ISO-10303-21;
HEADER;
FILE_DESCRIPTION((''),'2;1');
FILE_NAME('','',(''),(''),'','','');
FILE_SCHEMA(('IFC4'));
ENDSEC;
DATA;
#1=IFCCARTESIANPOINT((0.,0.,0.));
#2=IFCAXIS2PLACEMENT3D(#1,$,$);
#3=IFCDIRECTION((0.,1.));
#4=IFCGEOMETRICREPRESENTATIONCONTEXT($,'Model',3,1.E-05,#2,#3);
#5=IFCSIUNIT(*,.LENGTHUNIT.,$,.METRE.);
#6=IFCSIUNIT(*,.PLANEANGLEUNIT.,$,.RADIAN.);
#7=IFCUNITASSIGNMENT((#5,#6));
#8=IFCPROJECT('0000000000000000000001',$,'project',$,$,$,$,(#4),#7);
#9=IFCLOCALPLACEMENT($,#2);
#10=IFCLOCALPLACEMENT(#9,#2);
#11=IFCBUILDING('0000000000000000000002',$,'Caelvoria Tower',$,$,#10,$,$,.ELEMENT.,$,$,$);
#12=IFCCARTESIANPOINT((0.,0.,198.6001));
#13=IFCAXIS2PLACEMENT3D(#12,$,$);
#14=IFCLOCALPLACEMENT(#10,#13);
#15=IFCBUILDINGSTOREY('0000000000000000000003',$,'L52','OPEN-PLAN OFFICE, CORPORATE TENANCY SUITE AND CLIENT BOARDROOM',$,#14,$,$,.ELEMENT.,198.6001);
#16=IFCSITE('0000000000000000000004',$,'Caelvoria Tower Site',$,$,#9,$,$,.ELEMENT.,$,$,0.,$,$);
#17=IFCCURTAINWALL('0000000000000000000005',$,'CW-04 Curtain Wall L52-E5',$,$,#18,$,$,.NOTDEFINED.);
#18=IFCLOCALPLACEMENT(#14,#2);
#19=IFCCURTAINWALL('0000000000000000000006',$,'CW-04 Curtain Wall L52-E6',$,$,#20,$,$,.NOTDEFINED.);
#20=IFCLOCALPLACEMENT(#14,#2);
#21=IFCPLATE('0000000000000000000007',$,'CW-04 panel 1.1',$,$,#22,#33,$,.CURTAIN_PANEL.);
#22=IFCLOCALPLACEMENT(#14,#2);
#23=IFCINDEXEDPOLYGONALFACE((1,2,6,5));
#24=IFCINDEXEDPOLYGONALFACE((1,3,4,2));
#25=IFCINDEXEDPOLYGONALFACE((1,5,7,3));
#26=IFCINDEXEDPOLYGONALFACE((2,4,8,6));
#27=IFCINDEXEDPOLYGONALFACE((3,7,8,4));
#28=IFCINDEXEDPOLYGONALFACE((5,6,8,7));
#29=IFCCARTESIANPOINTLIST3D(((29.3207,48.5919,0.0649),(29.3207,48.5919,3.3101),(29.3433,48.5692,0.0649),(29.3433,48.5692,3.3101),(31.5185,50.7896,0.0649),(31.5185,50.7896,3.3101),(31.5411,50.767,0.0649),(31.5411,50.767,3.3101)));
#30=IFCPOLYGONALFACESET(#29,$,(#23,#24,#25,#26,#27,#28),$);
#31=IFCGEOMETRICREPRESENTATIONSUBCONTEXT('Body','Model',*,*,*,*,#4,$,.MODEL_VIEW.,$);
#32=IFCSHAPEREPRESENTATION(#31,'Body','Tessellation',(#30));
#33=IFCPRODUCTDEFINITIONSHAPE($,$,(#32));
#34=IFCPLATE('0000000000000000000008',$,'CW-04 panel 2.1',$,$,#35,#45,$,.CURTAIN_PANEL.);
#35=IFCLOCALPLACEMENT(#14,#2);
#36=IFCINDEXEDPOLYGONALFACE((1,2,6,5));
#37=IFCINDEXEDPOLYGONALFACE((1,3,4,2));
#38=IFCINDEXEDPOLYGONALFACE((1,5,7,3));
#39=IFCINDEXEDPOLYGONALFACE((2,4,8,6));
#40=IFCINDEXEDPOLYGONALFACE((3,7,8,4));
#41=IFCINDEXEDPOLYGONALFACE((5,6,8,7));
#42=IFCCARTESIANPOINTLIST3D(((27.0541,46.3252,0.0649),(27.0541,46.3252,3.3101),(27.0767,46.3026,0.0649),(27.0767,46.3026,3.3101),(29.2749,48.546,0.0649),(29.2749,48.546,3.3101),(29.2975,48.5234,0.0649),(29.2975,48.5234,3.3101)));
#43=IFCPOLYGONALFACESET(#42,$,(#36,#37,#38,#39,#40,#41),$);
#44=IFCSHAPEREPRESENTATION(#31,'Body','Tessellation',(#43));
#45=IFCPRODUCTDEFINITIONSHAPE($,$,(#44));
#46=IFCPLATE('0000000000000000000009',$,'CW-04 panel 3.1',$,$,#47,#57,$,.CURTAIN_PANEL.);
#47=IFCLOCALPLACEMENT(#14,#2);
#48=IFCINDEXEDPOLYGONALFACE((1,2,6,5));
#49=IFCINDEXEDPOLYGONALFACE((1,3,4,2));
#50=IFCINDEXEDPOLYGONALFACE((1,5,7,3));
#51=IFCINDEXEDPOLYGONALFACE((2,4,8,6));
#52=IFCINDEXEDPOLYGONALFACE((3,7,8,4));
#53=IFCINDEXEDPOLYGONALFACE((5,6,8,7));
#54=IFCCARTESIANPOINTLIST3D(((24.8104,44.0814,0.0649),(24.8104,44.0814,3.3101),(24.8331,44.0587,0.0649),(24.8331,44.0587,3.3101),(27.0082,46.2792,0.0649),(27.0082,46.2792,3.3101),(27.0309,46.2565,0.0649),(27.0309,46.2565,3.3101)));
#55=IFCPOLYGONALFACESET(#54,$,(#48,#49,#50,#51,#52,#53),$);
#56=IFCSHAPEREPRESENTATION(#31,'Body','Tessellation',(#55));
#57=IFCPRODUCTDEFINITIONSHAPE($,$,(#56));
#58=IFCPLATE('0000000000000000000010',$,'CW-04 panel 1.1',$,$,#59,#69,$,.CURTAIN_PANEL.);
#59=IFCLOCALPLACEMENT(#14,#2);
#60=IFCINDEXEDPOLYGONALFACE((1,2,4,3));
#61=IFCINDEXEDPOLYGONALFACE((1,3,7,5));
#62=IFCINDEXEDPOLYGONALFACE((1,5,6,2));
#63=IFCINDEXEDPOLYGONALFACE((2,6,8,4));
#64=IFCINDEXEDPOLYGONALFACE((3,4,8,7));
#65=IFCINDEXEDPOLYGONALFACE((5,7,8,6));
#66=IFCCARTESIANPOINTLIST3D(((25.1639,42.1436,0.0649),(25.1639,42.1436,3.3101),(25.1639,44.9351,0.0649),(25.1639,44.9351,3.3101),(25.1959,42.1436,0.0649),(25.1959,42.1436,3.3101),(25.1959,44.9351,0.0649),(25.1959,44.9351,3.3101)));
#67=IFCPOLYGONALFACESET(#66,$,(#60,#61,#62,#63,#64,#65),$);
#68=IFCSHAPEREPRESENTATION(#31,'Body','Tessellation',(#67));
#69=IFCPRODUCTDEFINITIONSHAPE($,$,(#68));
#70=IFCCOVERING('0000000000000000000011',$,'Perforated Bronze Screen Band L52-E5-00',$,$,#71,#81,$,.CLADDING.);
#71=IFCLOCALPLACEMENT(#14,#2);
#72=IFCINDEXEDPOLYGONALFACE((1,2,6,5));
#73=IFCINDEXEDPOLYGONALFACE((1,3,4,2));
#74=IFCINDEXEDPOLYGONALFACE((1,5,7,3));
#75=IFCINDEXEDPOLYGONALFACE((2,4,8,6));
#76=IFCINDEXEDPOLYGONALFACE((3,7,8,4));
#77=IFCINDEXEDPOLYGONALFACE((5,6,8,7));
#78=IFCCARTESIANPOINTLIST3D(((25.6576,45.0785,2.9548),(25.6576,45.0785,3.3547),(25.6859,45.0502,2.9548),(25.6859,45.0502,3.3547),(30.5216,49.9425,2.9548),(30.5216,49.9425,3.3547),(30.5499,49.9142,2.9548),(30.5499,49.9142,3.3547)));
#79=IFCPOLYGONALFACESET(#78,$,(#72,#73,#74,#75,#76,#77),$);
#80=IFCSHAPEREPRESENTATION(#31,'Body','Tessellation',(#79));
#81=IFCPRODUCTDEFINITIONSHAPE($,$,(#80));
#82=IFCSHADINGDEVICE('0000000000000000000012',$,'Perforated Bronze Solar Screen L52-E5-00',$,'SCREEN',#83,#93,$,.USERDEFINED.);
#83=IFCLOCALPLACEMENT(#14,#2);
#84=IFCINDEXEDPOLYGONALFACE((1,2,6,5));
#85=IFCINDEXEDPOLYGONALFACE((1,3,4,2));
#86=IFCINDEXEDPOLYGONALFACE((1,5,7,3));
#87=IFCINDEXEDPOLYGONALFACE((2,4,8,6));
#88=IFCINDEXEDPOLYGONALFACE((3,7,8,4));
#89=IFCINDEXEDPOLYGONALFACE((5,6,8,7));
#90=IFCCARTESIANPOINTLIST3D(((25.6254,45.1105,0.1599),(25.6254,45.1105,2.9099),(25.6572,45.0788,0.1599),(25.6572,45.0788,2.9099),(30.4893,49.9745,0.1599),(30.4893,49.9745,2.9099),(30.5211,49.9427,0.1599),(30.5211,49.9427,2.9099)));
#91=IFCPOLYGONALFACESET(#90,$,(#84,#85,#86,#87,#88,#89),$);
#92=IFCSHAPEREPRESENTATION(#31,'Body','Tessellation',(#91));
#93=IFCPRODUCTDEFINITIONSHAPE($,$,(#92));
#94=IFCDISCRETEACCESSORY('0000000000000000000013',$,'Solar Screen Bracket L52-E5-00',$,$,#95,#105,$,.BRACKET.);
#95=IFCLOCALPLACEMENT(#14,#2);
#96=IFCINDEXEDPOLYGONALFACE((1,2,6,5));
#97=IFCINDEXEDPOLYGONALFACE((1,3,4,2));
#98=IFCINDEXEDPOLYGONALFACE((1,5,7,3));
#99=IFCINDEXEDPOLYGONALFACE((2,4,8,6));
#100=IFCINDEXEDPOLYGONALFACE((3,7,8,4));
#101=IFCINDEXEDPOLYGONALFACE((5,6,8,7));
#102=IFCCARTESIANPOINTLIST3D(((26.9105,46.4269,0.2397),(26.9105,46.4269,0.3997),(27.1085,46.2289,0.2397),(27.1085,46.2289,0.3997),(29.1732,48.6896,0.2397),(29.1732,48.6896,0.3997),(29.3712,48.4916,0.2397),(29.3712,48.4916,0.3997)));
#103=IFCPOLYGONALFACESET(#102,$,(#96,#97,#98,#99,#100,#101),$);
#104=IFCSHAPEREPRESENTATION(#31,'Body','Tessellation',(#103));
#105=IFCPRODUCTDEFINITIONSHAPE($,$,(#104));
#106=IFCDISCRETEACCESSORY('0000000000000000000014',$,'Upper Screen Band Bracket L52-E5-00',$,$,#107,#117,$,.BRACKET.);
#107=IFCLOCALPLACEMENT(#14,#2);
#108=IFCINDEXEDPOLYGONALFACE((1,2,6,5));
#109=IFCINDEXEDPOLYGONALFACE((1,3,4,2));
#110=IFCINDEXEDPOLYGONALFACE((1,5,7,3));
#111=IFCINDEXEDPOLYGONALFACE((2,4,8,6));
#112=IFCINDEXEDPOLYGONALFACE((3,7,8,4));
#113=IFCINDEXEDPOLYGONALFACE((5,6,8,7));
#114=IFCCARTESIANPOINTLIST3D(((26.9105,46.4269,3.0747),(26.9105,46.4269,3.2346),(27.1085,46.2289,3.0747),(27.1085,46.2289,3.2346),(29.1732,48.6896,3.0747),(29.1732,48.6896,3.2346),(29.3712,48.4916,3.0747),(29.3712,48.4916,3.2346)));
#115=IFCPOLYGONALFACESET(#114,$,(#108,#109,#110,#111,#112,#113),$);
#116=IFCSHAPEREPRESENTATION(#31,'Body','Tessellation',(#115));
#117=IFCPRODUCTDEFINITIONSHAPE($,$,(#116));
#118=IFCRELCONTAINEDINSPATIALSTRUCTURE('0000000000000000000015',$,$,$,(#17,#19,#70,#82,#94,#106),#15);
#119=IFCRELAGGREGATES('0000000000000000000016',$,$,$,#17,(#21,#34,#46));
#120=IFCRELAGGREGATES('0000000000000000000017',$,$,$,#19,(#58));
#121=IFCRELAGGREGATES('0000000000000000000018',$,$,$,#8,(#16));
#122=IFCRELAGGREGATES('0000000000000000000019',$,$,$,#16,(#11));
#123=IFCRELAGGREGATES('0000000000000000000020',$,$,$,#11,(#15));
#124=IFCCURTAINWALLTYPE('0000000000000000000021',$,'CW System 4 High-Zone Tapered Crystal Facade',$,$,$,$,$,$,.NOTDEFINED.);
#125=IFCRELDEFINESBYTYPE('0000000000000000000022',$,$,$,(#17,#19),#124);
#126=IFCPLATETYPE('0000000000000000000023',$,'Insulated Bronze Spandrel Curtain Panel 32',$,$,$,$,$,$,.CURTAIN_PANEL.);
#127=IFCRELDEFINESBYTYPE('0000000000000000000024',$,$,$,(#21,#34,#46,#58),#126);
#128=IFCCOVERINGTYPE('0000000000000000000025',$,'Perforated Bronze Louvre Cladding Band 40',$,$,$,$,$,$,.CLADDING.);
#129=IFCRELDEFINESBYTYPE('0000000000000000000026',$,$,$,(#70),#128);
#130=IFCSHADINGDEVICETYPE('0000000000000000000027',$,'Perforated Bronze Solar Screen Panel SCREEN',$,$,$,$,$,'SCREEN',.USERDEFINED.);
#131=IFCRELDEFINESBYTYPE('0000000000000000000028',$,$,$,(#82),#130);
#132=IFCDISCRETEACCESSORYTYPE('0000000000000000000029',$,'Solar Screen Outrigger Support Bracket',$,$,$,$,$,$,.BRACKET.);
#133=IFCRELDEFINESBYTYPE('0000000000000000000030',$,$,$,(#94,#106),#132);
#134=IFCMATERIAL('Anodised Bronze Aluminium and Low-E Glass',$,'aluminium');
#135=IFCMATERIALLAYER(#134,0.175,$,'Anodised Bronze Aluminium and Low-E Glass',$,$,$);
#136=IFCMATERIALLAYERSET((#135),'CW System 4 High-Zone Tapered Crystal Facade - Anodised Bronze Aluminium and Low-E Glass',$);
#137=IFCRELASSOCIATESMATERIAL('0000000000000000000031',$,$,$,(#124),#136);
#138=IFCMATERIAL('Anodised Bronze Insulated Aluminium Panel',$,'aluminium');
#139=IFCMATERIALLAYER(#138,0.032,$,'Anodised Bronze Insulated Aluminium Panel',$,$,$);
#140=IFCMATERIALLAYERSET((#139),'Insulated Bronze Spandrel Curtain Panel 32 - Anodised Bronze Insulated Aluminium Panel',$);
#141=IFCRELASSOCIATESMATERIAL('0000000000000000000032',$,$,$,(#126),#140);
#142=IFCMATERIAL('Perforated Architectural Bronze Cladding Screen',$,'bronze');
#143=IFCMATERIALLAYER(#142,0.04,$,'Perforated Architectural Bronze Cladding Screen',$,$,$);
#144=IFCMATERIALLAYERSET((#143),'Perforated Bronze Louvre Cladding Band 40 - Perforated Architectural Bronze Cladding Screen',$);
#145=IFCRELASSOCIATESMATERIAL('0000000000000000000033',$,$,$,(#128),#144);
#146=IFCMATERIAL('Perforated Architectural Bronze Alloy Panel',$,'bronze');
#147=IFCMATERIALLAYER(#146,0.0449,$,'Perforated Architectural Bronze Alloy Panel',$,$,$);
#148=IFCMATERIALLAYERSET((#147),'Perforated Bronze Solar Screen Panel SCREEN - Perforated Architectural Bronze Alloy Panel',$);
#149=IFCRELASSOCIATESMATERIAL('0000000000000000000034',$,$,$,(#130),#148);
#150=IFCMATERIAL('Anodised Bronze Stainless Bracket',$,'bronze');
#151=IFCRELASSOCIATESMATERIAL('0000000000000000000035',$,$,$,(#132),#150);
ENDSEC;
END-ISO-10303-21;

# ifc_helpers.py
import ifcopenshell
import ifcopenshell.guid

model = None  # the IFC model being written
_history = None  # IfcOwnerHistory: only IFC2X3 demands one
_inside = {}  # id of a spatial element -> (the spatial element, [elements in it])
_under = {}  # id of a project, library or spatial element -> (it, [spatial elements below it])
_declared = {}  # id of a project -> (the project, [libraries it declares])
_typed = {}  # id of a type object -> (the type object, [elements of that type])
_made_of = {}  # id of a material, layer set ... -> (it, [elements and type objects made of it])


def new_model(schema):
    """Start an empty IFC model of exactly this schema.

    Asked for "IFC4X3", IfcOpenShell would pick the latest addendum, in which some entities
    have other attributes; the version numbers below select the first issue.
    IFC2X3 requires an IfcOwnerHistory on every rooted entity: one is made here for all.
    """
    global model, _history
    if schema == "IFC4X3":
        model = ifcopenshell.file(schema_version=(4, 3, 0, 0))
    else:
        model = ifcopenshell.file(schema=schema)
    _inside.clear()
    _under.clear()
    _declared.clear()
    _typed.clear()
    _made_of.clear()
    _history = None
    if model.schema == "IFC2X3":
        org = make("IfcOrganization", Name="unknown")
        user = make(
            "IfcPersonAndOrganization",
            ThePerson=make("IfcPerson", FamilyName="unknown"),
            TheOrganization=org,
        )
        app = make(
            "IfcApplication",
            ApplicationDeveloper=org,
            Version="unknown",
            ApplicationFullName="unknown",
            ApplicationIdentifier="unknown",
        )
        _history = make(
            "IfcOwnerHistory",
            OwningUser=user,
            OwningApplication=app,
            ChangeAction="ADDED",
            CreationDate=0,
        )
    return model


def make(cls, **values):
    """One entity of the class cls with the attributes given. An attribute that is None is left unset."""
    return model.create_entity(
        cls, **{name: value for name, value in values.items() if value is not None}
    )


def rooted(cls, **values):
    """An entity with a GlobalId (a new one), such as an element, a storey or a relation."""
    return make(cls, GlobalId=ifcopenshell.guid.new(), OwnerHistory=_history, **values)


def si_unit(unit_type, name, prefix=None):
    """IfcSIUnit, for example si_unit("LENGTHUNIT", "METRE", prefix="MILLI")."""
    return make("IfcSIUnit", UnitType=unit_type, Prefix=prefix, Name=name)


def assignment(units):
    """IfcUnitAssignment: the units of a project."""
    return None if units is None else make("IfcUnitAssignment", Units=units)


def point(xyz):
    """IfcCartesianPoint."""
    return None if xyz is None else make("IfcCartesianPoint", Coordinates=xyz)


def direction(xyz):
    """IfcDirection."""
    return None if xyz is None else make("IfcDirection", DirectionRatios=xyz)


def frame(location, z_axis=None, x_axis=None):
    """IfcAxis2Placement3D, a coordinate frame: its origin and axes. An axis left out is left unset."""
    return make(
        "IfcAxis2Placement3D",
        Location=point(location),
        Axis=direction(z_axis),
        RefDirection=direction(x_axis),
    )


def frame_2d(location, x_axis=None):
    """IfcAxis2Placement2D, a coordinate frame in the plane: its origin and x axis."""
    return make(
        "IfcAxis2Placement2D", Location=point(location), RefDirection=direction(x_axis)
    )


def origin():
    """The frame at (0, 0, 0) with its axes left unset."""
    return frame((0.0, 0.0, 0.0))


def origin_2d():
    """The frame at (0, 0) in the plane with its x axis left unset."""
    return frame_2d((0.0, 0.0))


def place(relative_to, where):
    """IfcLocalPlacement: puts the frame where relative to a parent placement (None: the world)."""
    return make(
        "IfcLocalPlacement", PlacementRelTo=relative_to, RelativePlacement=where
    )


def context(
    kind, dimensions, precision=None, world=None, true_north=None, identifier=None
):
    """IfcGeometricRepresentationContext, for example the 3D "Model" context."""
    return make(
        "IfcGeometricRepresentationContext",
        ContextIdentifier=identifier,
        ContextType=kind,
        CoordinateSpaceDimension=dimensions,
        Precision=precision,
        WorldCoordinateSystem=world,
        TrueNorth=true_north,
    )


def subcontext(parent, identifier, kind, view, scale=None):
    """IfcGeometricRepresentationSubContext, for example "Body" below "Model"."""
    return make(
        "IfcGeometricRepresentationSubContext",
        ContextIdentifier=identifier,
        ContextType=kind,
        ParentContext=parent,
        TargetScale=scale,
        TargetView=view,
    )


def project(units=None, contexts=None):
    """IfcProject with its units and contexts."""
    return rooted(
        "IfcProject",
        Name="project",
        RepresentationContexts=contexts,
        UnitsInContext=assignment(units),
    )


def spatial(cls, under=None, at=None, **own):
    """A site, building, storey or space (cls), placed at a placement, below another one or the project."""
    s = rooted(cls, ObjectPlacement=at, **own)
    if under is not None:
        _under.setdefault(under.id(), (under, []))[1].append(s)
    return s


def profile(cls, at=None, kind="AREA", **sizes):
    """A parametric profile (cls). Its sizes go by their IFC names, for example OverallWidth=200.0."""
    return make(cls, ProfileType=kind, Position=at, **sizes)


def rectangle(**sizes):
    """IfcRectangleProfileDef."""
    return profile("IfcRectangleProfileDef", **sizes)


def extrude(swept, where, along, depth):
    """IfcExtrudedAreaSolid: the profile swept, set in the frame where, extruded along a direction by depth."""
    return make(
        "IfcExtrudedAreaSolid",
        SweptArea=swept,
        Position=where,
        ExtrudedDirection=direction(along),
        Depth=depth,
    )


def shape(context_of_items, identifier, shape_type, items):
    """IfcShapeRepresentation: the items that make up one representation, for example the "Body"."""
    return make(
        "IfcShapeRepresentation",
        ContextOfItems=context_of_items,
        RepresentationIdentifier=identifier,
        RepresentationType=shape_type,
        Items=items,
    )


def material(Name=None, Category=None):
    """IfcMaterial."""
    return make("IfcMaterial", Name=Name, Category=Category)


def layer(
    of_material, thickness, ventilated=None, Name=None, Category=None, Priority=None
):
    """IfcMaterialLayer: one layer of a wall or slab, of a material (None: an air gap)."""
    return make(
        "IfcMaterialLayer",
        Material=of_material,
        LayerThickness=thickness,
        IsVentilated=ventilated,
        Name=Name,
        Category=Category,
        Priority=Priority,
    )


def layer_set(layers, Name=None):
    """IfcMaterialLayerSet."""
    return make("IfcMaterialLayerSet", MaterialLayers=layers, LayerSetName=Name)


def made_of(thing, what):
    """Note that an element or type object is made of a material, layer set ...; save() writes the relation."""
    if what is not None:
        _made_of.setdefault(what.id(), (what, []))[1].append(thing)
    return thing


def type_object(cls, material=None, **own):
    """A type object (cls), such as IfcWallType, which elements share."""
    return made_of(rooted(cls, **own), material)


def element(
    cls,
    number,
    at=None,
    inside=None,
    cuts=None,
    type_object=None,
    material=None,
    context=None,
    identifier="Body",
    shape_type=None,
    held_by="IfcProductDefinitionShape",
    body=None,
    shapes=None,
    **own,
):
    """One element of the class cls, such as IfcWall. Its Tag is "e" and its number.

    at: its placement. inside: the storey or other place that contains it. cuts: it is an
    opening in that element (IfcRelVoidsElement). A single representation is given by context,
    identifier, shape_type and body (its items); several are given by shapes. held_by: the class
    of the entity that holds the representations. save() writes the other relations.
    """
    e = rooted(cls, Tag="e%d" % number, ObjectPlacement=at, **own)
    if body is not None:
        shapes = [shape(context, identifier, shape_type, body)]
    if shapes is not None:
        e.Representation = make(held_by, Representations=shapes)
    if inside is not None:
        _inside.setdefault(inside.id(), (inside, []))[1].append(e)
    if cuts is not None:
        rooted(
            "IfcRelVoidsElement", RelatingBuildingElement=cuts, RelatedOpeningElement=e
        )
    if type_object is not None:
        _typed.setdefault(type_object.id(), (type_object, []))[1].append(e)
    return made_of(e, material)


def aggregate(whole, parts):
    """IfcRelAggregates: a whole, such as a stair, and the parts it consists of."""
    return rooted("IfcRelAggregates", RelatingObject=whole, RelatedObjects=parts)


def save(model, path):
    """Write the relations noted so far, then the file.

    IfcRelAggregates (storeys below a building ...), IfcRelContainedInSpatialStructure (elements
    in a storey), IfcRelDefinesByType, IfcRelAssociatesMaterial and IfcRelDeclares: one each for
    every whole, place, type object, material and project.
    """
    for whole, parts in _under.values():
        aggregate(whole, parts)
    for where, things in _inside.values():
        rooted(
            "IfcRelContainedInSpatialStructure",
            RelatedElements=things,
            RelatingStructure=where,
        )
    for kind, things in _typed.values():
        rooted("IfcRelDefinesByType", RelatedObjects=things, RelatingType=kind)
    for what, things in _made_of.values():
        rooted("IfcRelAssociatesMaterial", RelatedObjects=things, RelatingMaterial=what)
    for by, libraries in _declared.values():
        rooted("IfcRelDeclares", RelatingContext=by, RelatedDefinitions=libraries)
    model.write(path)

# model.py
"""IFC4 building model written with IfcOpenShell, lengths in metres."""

from ifc_helpers import new_model, si_unit, direction, frame, origin, origin_2d, place, context, subcontext, project, spatial, rectangle, extrude, material, layer, layer_set, type_object, element, aggregate, save


model = new_model("IFC4")

# Units and contexts
model_context = context("Model", 3, precision=1e-05, world=origin(), true_north=direction((0.0, 1.0)))
body_context = subcontext(model_context, "Body", "Model", "MODEL_VIEW")
ifc_project = project(units=[si_unit("LENGTHUNIT", "METRE"), si_unit("PLANEANGLEUNIT", "RADIAN")], contexts=[model_context])

# Site, building, storey
site_placement = place(None, origin())
site = spatial("IfcSite", under=ifc_project, at=site_placement, Name="Caelvoria Tower Site", CompositionType="ELEMENT", RefElevation=0.0)
building_placement = place(site_placement, origin())
building = spatial("IfcBuilding", under=site, at=building_placement, Name="Caelvoria Tower", CompositionType="ELEMENT")
storey_placement = place(building_placement, frame((0.0, 0.0, 198.6001)))
storey = spatial("IfcBuildingStorey", under=building, at=storey_placement, Name="L52", Description="OPEN-PLAN OFFICE, CORPORATE TENANCY SUITE AND CLIENT BOARDROOM", CompositionType="ELEMENT", Elevation=198.6001)

# Shared definitions
ifc_material_1 = material(Name="Anodised Bronze Aluminium and Low-E Glass", Category="aluminium")
ifc_layer_1 = layer(ifc_material_1, 0.175, Name="Anodised Bronze Aluminium and Low-E Glass")
ifc_layer_set_1 = layer_set([ifc_layer_1], Name="CW System 4 High-Zone Tapered Crystal Facade - Anodised Bronze Aluminium and Low-E Glass")
curtain_wall_type = type_object("IfcCurtainWallType", Name="CW System 4 High-Zone Tapered Crystal Facade", PredefinedType="NOTDEFINED", material=ifc_layer_set_1)

# Curtain wall
curtain_wall_1_placement = place(storey_placement, origin())
curtain_wall_1 = element("IfcCurtainWall", 1, at=curtain_wall_1_placement, inside=storey, type_object=curtain_wall_type, Name="CW-04 Curtain Wall L52-E5", PredefinedType="NOTDEFINED")

# Curtain wall
curtain_wall_2_placement = place(storey_placement, origin())
curtain_wall_2 = element("IfcCurtainWall", 2, at=curtain_wall_2_placement, inside=storey, type_object=curtain_wall_type, Name="CW-04 Curtain Wall L52-E6", PredefinedType="NOTDEFINED")

# Plates
ifc_material_2 = material(Name="Anodised Bronze Insulated Aluminium Panel", Category="aluminium")
ifc_layer_2 = layer(ifc_material_2, 0.032, Name="Anodised Bronze Insulated Aluminium Panel")
ifc_layer_set_2 = layer_set([ifc_layer_2], Name="Insulated Bronze Spandrel Curtain Panel 32 - Anodised Bronze Insulated Aluminium Panel")
plate_type = type_object("IfcPlateType", Name="Insulated Bronze Spandrel Curtain Panel 32", PredefinedType="CURTAIN_PANEL", material=ifc_layer_set_2)
plate_1_placement = place(storey_placement, frame((30.4309, 49.6794, 0.0649), z_axis=(0.0, 0.0, 1.0), x_axis=(-0.707107, -0.707107, 0.0)))
plate_1 = element("IfcPlate", 3, at=plate_1_placement, type_object=plate_type, Name="CW-04 panel 1.1", PredefinedType="CURTAIN_PANEL", context=body_context, shape_type="SweptSolid", body=[
    extrude(rectangle(XDim=3.1082, YDim=0.032, at=origin_2d()), origin(), (0.0, 0.0, 1.0), 3.2451),
])
plate_2_placement = place(storey_placement, frame((28.1758, 47.4243, 0.0649), z_axis=(0.0, 0.0, 1.0), x_axis=(-0.707107, -0.707107, 0.0)))
plate_2 = element("IfcPlate", 4, at=plate_2_placement, type_object=plate_type, Name="CW-04 panel 2.1", PredefinedType="CURTAIN_PANEL", context=body_context, shape_type="SweptSolid", body=[
    extrude(rectangle(XDim=3.1406, YDim=0.032, at=origin_2d()), origin(), (0.0, 0.0, 1.0), 3.2451),
])
plate_3_placement = place(storey_placement, frame((25.9207, 45.1689, 0.0649), z_axis=(0.0, 0.0, 1.0), x_axis=(-0.707107, -0.707107, 0.0)))
plate_3 = element("IfcPlate", 5, at=plate_3_placement, type_object=plate_type, Name="CW-04 panel 3.1", PredefinedType="CURTAIN_PANEL", context=body_context, shape_type="SweptSolid", body=[
    extrude(rectangle(XDim=3.1082, YDim=0.032, at=origin_2d()), origin(), (0.0, 0.0, 1.0), 3.2451),
])
aggregate(curtain_wall_1, [plate_1, plate_2, plate_3])
plate_4_placement = place(storey_placement, frame((25.1799, 43.5393, 0.0649), z_axis=(0.0, 0.0, 1.0), x_axis=(0.0, -1.0, 0.0)))
plate_4 = element("IfcPlate", 6, at=plate_4_placement, type_object=plate_type, Name="CW-04 panel 1.1", PredefinedType="CURTAIN_PANEL", context=body_context, shape_type="SweptSolid", body=[
    extrude(rectangle(XDim=2.7915, YDim=0.032, at=origin_2d()), origin(), (0.0, 0.0, 1.0), 3.2451),
])
aggregate(curtain_wall_2, [plate_4])

# Covering
ifc_material_3 = material(Name="Perforated Architectural Bronze Cladding Screen", Category="bronze")
ifc_layer_3 = layer(ifc_material_3, 0.04, Name="Perforated Architectural Bronze Cladding Screen")
ifc_layer_set_3 = layer_set([ifc_layer_3], Name="Perforated Bronze Louvre Cladding Band 40 - Perforated Architectural Bronze Cladding Screen")
covering_type = type_object("IfcCoveringType", Name="Perforated Bronze Louvre Cladding Band 40", PredefinedType="CLADDING", material=ifc_layer_set_3)
covering_placement = place(storey_placement, frame((28.1038, 47.4963, 2.9548), z_axis=(0.0, 0.0, 1.0), x_axis=(-0.707107, -0.707107, 0.0)))
element("IfcCovering", 7, at=covering_placement, inside=storey, type_object=covering_type, Name="Perforated Bronze Screen Band L52-E5-00", PredefinedType="CLADDING", context=body_context, shape_type="SweptSolid", body=[
    extrude(rectangle(XDim=6.8787, YDim=0.04, at=origin_2d()), origin(), (0.0, 0.0, 1.0), 0.3999),
])

# Shading device
ifc_material_4 = material(Name="Perforated Architectural Bronze Alloy Panel", Category="bronze")
ifc_layer_4 = layer(ifc_material_4, 0.0449, Name="Perforated Architectural Bronze Alloy Panel")
ifc_layer_set_4 = layer_set([ifc_layer_4], Name="Perforated Bronze Solar Screen Panel SCREEN - Perforated Architectural Bronze Alloy Panel")
shading_device_type = type_object("IfcShadingDeviceType", Name="Perforated Bronze Solar Screen Panel SCREEN", ElementType="SCREEN", PredefinedType="USERDEFINED", material=ifc_layer_set_4)
shading_device_placement = place(storey_placement, frame((28.0732, 47.5266, 0.1599), z_axis=(0.0, 0.0, 1.0), x_axis=(-0.707107, -0.707107, 0.0)))
element("IfcShadingDevice", 8, at=shading_device_placement, inside=storey, type_object=shading_device_type, Name="Perforated Bronze Solar Screen L52-E5-00", ObjectType="SCREEN", PredefinedType="USERDEFINED", context=body_context, shape_type="SweptSolid", body=[
    extrude(rectangle(XDim=6.8787, YDim=0.0449, at=origin_2d()), origin(), (0.0, 0.0, 1.0), 2.75),
])

# Discrete accessories
ifc_material_5 = material(Name="Anodised Bronze Stainless Bracket", Category="bronze")
discrete_accessory_type = type_object("IfcDiscreteAccessoryType", Name="Solar Screen Outrigger Support Bracket", PredefinedType="BRACKET", material=ifc_material_5)
for number, where, z_axis, x_axis, name in (
    (9, (28.1409, 47.4592, 0.2397), (0.0, 0.0, 1.0), (-0.707107, -0.707107, 0.0), "Solar Screen Bracket L52-E5-00"),
    (10, (28.1409, 47.4592, 3.0747), (0.0, 0.0, 1.0), (-0.707107, -0.707107, 0.0), "Upper Screen Band Bracket L52-E5-00"),
):
    element("IfcDiscreteAccessory", number, at=place(storey_placement, frame(where, z_axis=z_axis, x_axis=x_axis)), inside=storey, type_object=discrete_accessory_type, Name=name, PredefinedType="BRACKET", context=body_context, shape_type="SweptSolid", body=[
        extrude(rectangle(XDim=3.2, YDim=0.28, at=origin_2d()), origin(), (0.0, 0.0, 1.0), 0.1599),
    ])

save(model, "model.ifc")
